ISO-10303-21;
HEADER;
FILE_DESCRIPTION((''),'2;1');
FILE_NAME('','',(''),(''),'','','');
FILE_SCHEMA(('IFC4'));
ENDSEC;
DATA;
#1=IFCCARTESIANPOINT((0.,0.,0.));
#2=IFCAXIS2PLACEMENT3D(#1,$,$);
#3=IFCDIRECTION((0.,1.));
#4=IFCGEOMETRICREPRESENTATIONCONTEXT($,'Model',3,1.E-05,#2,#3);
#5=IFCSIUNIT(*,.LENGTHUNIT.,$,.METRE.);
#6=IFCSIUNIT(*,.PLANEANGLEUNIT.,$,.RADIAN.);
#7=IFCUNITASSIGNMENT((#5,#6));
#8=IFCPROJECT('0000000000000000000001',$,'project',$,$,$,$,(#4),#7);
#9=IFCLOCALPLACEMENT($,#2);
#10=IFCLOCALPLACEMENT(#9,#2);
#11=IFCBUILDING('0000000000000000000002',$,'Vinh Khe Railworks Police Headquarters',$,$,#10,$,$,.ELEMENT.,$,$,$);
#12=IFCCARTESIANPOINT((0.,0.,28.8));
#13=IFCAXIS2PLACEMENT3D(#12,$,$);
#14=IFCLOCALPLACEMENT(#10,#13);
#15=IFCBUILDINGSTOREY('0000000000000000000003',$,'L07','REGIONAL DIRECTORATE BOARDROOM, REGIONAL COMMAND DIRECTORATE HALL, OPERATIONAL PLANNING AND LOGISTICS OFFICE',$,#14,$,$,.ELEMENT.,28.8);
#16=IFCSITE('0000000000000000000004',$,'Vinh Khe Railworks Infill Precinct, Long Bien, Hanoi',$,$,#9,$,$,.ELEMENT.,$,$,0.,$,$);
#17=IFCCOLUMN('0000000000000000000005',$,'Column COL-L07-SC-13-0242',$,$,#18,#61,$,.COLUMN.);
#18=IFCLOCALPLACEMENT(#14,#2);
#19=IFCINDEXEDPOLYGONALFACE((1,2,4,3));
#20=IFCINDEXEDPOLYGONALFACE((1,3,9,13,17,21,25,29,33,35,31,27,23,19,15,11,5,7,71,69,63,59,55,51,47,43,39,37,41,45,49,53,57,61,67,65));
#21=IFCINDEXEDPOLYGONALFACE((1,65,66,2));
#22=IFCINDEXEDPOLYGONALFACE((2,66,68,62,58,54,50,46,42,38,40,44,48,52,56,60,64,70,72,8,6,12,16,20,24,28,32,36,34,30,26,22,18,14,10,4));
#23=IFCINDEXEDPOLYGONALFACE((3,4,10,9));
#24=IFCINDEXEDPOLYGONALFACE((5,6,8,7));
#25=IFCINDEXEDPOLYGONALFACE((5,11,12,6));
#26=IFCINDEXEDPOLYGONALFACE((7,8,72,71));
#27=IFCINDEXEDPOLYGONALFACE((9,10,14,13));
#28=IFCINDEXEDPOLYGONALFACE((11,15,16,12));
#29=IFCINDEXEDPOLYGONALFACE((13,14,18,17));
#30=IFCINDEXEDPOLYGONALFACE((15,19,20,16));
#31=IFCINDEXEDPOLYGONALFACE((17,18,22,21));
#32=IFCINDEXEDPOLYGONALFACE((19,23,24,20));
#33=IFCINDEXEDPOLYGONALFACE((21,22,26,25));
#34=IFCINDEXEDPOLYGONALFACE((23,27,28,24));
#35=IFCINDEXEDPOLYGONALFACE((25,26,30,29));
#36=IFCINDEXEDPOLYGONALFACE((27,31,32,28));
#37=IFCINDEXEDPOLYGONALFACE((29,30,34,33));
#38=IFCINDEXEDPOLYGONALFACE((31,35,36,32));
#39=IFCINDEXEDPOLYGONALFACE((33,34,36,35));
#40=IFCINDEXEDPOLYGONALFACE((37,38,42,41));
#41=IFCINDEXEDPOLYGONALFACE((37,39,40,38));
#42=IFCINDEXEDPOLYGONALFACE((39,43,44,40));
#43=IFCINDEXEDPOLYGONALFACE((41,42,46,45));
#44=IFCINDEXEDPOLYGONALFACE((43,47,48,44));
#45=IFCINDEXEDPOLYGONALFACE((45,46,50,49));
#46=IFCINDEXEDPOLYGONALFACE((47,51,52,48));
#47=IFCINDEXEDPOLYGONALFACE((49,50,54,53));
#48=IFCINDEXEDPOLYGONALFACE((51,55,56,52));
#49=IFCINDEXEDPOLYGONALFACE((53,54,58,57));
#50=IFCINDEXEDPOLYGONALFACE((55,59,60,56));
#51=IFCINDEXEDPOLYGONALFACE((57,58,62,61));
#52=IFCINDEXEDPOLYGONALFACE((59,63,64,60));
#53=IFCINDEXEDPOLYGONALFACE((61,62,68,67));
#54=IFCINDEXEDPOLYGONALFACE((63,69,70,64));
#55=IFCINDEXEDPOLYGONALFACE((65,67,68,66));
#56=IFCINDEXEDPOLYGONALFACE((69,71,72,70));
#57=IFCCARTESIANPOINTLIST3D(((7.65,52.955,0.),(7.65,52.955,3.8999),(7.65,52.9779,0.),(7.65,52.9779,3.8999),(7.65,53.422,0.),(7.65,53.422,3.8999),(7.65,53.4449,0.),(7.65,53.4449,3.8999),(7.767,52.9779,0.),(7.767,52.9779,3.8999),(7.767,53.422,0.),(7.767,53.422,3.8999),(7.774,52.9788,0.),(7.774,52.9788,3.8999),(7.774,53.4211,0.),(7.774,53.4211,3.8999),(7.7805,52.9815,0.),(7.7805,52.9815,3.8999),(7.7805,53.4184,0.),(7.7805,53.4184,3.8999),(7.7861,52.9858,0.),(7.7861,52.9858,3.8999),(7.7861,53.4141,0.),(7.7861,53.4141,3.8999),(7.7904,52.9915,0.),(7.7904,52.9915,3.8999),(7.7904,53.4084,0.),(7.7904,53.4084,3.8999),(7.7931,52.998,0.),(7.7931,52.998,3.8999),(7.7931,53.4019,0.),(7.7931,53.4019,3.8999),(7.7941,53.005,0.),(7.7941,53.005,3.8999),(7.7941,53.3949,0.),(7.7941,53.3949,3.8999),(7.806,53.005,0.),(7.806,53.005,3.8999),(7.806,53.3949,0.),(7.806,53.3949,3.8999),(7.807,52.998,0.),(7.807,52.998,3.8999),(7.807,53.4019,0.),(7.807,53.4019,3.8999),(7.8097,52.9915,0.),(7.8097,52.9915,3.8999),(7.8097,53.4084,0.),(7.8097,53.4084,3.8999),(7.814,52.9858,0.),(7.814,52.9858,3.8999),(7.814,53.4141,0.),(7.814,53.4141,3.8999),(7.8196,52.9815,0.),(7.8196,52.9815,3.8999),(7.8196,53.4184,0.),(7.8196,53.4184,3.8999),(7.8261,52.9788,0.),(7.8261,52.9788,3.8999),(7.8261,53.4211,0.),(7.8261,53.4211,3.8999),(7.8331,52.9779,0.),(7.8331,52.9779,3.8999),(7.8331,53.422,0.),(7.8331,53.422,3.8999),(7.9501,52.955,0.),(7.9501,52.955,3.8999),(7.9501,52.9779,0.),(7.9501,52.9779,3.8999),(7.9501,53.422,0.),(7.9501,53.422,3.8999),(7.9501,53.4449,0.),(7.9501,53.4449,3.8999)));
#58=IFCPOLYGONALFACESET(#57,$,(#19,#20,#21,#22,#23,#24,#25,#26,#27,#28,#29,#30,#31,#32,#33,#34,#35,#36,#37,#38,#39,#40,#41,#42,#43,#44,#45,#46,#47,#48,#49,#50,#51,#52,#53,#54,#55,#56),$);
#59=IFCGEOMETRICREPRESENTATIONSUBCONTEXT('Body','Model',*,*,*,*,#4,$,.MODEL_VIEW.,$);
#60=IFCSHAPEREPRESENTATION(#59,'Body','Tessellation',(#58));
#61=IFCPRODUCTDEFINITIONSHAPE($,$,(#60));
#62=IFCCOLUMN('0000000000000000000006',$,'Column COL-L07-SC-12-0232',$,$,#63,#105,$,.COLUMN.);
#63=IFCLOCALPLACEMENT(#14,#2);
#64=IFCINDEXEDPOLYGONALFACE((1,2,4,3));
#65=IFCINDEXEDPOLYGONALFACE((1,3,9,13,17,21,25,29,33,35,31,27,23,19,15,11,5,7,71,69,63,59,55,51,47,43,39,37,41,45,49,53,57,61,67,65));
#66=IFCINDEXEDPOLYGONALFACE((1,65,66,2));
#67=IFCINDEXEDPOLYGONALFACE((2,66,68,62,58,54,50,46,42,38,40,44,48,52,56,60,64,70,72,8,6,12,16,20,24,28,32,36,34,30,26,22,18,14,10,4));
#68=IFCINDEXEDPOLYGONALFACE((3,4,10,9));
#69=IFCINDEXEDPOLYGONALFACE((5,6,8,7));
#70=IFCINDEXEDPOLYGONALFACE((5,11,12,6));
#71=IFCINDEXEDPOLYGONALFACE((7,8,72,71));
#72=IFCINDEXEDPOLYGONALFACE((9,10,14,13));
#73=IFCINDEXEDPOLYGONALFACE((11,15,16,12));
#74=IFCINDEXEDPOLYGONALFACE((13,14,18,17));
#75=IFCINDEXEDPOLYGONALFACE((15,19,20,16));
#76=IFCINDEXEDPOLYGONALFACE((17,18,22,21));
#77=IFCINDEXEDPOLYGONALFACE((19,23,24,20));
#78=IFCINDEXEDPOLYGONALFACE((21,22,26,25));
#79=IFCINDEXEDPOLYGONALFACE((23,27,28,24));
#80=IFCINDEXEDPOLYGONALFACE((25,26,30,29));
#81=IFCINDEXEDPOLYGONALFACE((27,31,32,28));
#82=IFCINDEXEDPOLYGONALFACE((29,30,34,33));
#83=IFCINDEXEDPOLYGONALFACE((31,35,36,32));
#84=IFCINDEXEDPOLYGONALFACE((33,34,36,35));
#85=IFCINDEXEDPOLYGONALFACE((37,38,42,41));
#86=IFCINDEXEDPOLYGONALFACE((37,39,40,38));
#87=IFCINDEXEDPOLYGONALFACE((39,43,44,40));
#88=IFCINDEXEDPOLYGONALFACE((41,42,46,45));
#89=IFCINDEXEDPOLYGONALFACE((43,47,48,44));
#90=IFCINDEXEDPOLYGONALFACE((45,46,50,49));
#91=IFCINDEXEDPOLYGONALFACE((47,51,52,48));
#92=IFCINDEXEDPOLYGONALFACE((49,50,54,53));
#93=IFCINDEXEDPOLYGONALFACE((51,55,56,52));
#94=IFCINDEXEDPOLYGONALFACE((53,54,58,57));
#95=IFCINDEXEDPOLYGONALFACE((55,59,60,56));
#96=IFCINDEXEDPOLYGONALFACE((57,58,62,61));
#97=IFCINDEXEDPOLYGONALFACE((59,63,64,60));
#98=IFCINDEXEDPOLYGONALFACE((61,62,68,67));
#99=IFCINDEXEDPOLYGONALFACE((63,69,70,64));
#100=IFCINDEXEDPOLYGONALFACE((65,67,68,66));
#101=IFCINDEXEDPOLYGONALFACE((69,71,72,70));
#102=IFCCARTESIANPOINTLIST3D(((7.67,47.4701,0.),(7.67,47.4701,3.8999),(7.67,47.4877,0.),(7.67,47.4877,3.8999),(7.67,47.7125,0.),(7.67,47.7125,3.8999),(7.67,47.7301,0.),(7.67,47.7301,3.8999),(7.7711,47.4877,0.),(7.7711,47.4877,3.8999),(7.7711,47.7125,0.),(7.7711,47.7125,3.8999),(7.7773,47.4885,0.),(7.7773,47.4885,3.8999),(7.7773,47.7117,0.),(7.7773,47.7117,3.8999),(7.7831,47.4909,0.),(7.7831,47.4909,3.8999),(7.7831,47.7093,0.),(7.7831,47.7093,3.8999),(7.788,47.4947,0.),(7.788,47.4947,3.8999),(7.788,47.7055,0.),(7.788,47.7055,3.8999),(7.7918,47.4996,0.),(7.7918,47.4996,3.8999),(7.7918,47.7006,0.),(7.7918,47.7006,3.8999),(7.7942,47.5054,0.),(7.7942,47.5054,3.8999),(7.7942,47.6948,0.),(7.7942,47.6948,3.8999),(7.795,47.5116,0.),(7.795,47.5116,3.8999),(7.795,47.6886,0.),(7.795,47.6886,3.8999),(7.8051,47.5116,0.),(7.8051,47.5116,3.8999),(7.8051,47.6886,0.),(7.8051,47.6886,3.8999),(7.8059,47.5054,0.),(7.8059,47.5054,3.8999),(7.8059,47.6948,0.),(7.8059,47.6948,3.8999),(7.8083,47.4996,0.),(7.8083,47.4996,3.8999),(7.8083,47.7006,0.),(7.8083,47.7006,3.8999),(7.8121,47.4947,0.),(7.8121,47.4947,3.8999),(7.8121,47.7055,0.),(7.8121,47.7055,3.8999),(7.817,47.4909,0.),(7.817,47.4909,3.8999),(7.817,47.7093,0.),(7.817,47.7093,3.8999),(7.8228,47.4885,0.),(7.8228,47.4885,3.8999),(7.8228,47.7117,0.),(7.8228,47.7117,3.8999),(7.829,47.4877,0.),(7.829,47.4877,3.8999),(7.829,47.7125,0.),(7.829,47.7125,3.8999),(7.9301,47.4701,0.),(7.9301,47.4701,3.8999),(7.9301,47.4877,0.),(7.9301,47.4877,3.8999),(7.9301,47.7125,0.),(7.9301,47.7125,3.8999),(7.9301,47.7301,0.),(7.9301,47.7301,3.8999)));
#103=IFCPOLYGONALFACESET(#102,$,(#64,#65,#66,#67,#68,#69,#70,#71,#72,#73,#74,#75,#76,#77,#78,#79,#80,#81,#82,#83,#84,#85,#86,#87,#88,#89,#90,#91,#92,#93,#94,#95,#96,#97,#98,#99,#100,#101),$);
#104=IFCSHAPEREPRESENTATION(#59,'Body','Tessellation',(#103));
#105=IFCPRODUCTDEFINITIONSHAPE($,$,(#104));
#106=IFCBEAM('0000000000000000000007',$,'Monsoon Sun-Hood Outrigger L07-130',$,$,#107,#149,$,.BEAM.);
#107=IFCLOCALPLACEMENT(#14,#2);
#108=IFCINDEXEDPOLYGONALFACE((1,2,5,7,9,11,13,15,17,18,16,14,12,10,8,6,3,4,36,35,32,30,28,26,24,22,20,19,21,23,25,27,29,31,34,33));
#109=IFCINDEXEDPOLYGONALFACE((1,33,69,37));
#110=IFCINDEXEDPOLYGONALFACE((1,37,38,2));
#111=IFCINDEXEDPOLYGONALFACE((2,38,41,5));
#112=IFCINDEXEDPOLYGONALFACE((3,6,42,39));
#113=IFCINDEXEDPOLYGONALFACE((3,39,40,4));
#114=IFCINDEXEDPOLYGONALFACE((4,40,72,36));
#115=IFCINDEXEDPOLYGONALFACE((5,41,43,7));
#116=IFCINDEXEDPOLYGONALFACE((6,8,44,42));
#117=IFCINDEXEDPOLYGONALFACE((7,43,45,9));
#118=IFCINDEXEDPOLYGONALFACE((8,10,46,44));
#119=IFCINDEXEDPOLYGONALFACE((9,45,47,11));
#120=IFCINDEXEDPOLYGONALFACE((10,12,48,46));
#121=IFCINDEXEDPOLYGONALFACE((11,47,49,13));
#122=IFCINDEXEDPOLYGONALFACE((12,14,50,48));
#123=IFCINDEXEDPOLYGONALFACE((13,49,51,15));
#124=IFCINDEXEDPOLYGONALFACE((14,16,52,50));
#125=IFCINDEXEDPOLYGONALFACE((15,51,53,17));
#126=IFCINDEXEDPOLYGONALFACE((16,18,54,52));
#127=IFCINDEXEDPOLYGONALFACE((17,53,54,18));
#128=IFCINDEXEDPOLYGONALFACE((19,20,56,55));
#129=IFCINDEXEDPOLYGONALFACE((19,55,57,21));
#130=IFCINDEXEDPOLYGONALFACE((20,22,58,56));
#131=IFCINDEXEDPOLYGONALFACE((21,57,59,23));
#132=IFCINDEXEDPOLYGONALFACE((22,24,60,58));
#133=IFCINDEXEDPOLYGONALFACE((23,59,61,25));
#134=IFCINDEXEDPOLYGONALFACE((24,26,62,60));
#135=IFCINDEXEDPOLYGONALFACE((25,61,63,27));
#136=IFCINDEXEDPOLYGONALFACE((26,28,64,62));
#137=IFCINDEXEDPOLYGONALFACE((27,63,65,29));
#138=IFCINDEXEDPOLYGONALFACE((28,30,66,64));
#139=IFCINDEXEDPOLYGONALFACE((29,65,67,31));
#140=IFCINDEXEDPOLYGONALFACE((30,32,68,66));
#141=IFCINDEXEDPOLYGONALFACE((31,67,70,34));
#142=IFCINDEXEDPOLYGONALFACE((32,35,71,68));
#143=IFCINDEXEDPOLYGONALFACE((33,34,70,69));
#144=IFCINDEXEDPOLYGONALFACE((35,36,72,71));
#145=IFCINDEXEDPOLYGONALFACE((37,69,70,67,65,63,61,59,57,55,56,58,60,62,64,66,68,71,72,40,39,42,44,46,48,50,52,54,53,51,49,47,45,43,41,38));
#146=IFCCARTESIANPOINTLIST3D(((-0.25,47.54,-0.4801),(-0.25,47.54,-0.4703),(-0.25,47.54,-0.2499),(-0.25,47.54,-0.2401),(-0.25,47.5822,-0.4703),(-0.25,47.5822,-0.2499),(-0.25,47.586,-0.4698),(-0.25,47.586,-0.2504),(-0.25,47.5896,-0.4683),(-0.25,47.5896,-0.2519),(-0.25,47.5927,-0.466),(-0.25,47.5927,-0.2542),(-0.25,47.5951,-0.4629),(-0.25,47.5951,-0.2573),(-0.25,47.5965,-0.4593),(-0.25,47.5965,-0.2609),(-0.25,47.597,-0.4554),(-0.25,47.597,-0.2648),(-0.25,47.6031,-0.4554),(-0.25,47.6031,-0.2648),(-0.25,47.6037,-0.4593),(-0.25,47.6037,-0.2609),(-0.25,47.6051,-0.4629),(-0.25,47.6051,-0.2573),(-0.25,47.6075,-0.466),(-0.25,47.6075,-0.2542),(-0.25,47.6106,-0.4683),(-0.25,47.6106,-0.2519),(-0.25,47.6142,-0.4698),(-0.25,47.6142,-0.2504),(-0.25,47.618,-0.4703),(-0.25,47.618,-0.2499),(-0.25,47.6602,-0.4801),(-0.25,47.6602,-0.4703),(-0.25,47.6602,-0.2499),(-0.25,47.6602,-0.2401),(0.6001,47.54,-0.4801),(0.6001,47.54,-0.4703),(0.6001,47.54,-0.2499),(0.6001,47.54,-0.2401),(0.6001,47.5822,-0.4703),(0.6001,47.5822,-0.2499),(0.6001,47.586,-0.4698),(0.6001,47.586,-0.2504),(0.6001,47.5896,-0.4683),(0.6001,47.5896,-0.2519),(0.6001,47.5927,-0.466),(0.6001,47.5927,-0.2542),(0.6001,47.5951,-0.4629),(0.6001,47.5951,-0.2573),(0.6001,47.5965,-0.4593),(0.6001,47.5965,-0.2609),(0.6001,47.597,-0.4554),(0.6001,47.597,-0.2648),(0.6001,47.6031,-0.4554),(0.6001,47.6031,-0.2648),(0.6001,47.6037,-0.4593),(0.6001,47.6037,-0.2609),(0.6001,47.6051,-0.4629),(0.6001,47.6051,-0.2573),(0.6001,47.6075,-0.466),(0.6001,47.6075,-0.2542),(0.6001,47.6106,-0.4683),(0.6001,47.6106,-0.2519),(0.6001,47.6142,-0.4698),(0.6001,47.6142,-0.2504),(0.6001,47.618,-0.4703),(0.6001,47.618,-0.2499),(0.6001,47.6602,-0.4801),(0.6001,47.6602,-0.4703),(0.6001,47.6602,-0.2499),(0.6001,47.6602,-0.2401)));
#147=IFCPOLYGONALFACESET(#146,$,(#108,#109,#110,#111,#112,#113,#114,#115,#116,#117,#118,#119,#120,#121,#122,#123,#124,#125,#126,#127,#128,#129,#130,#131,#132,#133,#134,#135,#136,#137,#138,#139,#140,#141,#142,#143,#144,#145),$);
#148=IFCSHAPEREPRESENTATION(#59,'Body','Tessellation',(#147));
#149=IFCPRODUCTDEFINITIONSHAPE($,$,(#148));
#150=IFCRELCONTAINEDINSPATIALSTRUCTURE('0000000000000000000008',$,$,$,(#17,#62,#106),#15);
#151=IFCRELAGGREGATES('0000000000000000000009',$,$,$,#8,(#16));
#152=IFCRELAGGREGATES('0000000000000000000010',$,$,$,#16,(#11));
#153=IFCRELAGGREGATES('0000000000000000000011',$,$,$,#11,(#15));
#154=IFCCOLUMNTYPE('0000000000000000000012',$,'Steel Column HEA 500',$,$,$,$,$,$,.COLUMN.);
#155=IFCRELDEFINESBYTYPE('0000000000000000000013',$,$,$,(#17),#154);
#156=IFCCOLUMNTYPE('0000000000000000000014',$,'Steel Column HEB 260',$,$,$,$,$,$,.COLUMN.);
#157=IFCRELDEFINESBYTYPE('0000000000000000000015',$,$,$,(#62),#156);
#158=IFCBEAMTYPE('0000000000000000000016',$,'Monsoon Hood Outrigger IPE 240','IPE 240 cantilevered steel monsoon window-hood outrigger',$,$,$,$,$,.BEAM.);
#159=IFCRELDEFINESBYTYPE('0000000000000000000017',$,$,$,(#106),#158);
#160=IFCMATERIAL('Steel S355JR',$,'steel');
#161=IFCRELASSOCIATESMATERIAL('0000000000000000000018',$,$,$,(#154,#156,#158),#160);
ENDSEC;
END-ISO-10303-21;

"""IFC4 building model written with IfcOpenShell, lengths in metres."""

from ifc_helpers import new_model, si_unit, direction, frame, origin, origin_2d, place, context, subcontext, project, spatial, i_section, extrude, material, material_profile, profile_set, type_object, element, save


model = new_model("IFC4")

# Units and contexts
model_context = context("Model", 3, precision=1e-05, world=origin(), true_north=direction((0.0, 1.0)))
body_context = subcontext(model_context, "Body", "Model", "MODEL_VIEW")
ifc_project = project(units=[si_unit("LENGTHUNIT", "METRE"), si_unit("PLANEANGLEUNIT", "RADIAN")], contexts=[model_context])

# Site, building, storey
site_placement = place(None, origin())
site = spatial("IfcSite", under=ifc_project, at=site_placement, Name="Vinh Khe Railworks Infill Precinct, Long Bien, Hanoi", CompositionType="ELEMENT", RefElevation=0.0)
building_placement = place(site_placement, origin())
building = spatial("IfcBuilding", under=site, at=building_placement, Name="Vinh Khe Railworks Police Headquarters", CompositionType="ELEMENT")
storey_placement = place(building_placement, frame((0.0, 0.0, 28.8)))
storey = spatial("IfcBuildingStorey", under=building, at=storey_placement, Name="L07", Description="REGIONAL DIRECTORATE BOARDROOM, REGIONAL COMMAND DIRECTORATE HALL, OPERATIONAL PLANNING AND LOGISTICS OFFICE", CompositionType="ELEMENT", Elevation=28.8)

# Columns
ifc_material_1 = material(Name="Steel S355JR", Category="steel")
ifc_material_profile_1 = material_profile(ifc_material_1, i_section(OverallWidth=0.3, OverallDepth=0.49, WebThickness=0.012, FlangeThickness=0.0229, FilletRadius=0.0271, at=origin_2d()), Name="HEA 500")
ifc_profile_set_1 = profile_set([ifc_material_profile_1], Name="Steel S355JR")
column_type_1 = type_object("IfcColumnType", Name="Steel Column HEA 500", PredefinedType="COLUMN", material=ifc_profile_set_1)
for number, where, z_axis, x_axis, name in (
    (1, (7.8, 53.2, 0.0), (0.0, 0.0, 1.0), (1.0, 0.0, 0.0), "Column COL-L07-SC-13-0242"),
):
    element("IfcColumn", number, at=place(storey_placement, frame(where, z_axis=z_axis, x_axis=x_axis)), inside=storey, type_object=column_type_1, Name=name, PredefinedType="COLUMN", context=body_context, shape_type="SweptSolid", body=[
        extrude(i_section(OverallWidth=0.3, OverallDepth=0.49, WebThickness=0.012, FlangeThickness=0.0229, FilletRadius=0.0271, at=origin_2d()), origin(), (0.0, 0.0, 1.0), 3.8999),
    ])
ifc_material_profile_2 = material_profile(ifc_material_1, i_section(OverallWidth=0.26, OverallDepth=0.26, WebThickness=0.01, FlangeThickness=0.0176, FilletRadius=0.0239, at=origin_2d()), Name="HEB 260")
ifc_profile_set_2 = profile_set([ifc_material_profile_2], Name="Steel S355JR")
column_type_2 = type_object("IfcColumnType", Name="Steel Column HEB 260", PredefinedType="COLUMN", material=ifc_profile_set_2)
column_1_placement = place(storey_placement, frame((7.8, 47.6001, 0.0), z_axis=(0.0, 0.0, 1.0), x_axis=(1.0, 0.0, 0.0)))
element("IfcColumn", 2, at=column_1_placement, inside=storey, type_object=column_type_2, Name="Column COL-L07-SC-12-0232", PredefinedType="COLUMN", context=body_context, shape_type="SweptSolid", body=[
    extrude(i_section(OverallWidth=0.26, OverallDepth=0.26, WebThickness=0.01, FlangeThickness=0.0176, FilletRadius=0.0239, at=origin_2d()), origin(), (0.0, 0.0, 1.0), 3.8999),
])

# Beam
ifc_material_profile_3 = material_profile(ifc_material_1, i_section(OverallWidth=0.1201, OverallDepth=0.24, WebThickness=0.0061, FlangeThickness=0.0098, FilletRadius=0.0149, at=origin_2d()), Name="IPE 240")
ifc_profile_set_3 = profile_set([ifc_material_profile_3], Name="Steel S355JR")
beam_type_1 = type_object("IfcBeamType", Name="Monsoon Hood Outrigger IPE 240", Description="IPE 240 cantilevered steel monsoon window-hood outrigger", PredefinedType="BEAM", material=ifc_profile_set_3)
beam_1_placement = place(storey_placement, frame((-0.25, 47.6001, -0.3601), z_axis=(1.0, 0.0, 0.0), x_axis=(0.0, 1.0, 0.0)))
element("IfcBeam", 3, at=beam_1_placement, inside=storey, type_object=beam_type_1, Name="Monsoon Sun-Hood Outrigger L07-130", PredefinedType="BEAM", context=body_context, shape_type="SweptSolid", body=[
    extrude(i_section(OverallWidth=0.1201, OverallDepth=0.24, WebThickness=0.0061, FlangeThickness=0.0098, FilletRadius=0.0149, at=origin_2d()), origin(), (0.0, 0.0, 1.0), 0.8501),
])

save(model, "model.ifc")
